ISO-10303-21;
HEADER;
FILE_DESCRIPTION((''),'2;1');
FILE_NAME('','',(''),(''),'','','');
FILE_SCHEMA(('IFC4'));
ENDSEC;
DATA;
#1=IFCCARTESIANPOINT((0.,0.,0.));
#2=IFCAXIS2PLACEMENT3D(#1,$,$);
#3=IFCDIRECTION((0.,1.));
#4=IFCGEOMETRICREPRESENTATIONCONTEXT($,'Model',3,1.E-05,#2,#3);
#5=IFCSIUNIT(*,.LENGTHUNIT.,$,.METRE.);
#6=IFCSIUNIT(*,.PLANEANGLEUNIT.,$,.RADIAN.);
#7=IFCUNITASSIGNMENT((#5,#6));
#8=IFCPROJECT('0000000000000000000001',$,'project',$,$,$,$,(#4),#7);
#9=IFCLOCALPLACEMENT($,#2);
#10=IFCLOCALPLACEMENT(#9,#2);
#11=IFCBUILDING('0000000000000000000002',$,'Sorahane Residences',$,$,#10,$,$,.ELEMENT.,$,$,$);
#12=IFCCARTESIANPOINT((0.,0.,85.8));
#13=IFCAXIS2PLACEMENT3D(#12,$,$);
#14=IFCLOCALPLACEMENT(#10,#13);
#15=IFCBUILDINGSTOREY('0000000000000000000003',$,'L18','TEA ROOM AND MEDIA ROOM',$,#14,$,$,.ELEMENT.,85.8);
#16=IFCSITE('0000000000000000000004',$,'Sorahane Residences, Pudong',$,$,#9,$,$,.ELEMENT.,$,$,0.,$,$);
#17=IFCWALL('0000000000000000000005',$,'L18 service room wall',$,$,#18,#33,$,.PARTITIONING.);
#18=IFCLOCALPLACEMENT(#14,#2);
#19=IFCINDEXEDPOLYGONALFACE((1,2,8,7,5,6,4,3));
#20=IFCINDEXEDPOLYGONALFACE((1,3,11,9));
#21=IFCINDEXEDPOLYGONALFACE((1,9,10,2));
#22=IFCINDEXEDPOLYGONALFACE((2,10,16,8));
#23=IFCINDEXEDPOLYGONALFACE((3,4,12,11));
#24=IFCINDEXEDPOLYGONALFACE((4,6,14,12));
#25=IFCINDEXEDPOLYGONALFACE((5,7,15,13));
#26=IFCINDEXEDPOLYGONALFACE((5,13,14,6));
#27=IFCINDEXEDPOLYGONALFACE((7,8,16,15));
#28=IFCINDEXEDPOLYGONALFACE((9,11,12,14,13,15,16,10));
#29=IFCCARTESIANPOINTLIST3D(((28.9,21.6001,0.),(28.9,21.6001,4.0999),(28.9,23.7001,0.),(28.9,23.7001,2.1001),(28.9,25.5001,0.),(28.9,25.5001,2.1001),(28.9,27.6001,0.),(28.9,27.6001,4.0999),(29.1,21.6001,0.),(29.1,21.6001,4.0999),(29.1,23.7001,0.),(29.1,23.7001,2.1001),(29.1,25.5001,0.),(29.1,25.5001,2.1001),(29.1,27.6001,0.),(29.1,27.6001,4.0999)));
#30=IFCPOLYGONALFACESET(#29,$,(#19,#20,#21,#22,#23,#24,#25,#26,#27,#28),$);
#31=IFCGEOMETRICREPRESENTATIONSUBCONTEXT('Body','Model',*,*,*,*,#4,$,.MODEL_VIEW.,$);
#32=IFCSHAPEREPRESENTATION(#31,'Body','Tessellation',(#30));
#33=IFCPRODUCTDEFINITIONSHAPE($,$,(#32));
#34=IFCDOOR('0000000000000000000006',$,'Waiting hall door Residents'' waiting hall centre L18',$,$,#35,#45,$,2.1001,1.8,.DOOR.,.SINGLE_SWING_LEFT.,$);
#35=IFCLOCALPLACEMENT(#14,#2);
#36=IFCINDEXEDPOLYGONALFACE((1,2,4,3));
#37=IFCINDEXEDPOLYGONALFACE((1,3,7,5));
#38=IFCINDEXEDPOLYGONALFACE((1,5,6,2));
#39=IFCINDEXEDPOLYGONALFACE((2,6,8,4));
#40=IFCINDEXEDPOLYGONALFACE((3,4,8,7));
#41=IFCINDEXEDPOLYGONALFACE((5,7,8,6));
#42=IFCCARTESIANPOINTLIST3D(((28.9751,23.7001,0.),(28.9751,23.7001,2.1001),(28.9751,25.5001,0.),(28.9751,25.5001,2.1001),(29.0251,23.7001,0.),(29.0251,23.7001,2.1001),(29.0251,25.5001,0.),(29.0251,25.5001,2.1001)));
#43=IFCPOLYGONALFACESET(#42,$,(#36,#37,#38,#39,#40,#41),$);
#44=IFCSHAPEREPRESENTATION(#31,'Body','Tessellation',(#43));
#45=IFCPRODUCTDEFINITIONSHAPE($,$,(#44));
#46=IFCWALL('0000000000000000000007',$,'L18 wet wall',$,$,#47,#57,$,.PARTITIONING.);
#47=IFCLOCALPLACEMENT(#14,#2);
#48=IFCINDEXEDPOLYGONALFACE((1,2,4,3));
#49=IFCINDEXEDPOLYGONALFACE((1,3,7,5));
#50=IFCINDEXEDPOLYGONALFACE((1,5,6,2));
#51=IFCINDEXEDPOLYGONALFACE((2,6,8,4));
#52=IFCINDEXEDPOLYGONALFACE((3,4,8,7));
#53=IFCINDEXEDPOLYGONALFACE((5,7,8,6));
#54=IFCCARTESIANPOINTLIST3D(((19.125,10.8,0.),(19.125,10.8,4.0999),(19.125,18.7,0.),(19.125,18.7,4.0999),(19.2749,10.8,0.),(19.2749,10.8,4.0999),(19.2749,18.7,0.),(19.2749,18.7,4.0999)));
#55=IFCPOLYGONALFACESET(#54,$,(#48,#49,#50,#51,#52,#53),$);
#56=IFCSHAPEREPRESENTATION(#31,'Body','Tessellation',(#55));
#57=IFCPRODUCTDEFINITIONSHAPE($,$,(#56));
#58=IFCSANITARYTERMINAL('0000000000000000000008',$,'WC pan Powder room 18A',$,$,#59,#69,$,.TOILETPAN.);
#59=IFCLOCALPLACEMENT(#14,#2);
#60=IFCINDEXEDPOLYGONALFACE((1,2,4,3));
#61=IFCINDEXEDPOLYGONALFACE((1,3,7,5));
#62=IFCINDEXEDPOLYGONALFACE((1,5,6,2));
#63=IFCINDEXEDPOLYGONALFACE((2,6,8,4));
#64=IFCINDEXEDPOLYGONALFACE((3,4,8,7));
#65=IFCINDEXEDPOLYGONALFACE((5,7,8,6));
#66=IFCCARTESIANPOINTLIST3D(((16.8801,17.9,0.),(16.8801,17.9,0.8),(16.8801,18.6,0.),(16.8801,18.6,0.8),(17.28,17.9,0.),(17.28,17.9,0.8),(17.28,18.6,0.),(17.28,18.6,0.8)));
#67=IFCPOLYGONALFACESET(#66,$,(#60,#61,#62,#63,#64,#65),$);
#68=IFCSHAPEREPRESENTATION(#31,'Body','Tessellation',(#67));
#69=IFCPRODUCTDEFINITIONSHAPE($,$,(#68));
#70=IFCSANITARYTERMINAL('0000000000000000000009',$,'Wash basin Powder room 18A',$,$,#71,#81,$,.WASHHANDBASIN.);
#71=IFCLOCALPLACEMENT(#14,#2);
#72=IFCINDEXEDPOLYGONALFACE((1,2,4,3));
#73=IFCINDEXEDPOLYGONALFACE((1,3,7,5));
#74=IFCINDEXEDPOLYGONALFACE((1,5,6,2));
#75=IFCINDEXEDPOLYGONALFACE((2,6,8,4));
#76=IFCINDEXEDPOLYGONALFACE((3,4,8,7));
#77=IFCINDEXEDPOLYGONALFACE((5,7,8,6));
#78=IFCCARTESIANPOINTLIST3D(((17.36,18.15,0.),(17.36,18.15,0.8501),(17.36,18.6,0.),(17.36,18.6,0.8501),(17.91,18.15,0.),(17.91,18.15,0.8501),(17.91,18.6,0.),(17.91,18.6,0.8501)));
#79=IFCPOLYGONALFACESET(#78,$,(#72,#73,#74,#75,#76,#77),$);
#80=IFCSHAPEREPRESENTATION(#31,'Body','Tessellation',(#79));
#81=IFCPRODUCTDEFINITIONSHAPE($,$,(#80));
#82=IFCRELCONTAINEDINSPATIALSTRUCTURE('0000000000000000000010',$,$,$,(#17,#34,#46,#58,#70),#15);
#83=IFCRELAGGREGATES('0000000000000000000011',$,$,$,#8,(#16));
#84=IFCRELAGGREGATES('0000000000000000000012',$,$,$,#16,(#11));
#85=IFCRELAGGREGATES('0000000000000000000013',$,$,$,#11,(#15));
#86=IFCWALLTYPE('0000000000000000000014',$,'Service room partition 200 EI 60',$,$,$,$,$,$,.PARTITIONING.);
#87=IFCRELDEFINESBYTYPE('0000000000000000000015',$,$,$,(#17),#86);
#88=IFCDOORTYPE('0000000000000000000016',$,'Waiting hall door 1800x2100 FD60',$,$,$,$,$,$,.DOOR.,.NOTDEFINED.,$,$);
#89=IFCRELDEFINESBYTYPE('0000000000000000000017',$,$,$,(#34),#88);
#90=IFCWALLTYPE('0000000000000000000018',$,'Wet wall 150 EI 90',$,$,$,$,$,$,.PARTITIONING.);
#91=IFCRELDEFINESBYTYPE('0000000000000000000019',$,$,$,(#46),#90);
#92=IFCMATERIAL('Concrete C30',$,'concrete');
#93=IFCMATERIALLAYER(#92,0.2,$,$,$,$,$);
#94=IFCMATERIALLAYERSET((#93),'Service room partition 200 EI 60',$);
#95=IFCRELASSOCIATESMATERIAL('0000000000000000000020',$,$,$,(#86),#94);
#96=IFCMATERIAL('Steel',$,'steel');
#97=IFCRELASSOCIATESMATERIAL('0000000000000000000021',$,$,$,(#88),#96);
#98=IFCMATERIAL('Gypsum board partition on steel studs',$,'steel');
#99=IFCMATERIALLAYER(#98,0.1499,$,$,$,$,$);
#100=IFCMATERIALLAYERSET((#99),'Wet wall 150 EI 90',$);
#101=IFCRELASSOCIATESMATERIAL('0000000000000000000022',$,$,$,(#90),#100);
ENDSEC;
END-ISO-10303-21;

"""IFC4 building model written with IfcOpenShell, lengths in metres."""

from ifc_helpers import new_model, si_unit, direction, frame, frame_2d, origin, origin_2d, place, context, subcontext, project, spatial, rectangle, extrude, material, layer, layer_set, type_object, element, fill, save


model = new_model("IFC4")

# Units and contexts
model_context = context("Model", 3, precision=1e-05, world=origin(), true_north=direction((0.0, 1.0)))
body_context = subcontext(model_context, "Body", "Model", "MODEL_VIEW")
ifc_project = project(units=[si_unit("LENGTHUNIT", "METRE"), si_unit("PLANEANGLEUNIT", "RADIAN")], contexts=[model_context])

# Site, building, storey
site_placement = place(None, origin())
site = spatial("IfcSite", under=ifc_project, at=site_placement, Name="Sorahane Residences, Pudong", CompositionType="ELEMENT", RefElevation=0.0)
building_placement = place(site_placement, origin())
building = spatial("IfcBuilding", under=site, at=building_placement, Name="Sorahane Residences", CompositionType="ELEMENT")
storey_placement = place(building_placement, frame((0.0, 0.0, 85.8)))
storey = spatial("IfcBuildingStorey", under=building, at=storey_placement, Name="L18", Description="TEA ROOM AND MEDIA ROOM", CompositionType="ELEMENT", Elevation=85.8)

# Wall, opening, door
ifc_material_1 = material(Name="Concrete C30", Category="concrete")
ifc_layer_1 = layer(ifc_material_1, 0.2)
ifc_layer_set_1 = layer_set([ifc_layer_1], Name="Service room partition 200 EI 60")
wall_type_1 = type_object("IfcWallType", Name="Service room partition 200 EI 60", PredefinedType="PARTITIONING", material=ifc_layer_set_1)
ifc_material_2 = material(Name="Steel", Category="steel")
door_type_1 = type_object("IfcDoorType", Name="Waiting hall door 1800x2100 FD60", OperationType="NOTDEFINED", PredefinedType="DOOR", material=ifc_material_2)
wall_1_placement = place(storey_placement, frame((29.0, 21.6001, 0.0), z_axis=(0.0, 0.0, 1.0), x_axis=(0.0, 1.0, 0.0)))
wall_1 = element("IfcWall", 1, at=wall_1_placement, inside=storey, type_object=wall_type_1, Name="L18 service room wall", PredefinedType="PARTITIONING", context=body_context, shape_type="SweptSolid", body=[
    extrude(rectangle(XDim=6.0, YDim=0.2, at=frame_2d((3.0, 0.0))), origin(), (0.0, 0.0, 1.0), 4.0999),
])
opening_1_placement = place(wall_1_placement, frame((2.1001, 0.0, 0.0)))
opening_1 = element("IfcOpeningElement", 2, at=opening_1_placement, cuts=wall_1, PredefinedType="OPENING", context=body_context, shape_type="SweptSolid", body=[
    extrude(rectangle(XDim=1.8, YDim=2.1001, at=frame_2d((0.8999, 1.05))), frame((0.0, 0.1099, 0.0), z_axis=(0.0, -1.0, 0.0), x_axis=(1.0, 0.0, 0.0)), (0.0, 0.0, 1.0), 0.22),
])
door_1_placement = place(opening_1_placement, origin())
door_1 = element("IfcDoor", 3, at=door_1_placement, inside=storey, type_object=door_type_1, Name="Waiting hall door Residents' waiting hall centre L18", OperationType="SINGLE_SWING_LEFT", OverallHeight=2.1001, OverallWidth=1.8, PredefinedType="DOOR", context=body_context, shape_type="SweptSolid", body=[
    extrude(rectangle(XDim=1.8, YDim=2.1001, at=frame_2d((0.8999, 1.05))), frame((0.0, 0.0249, 0.0), z_axis=(0.0, -1.0, 0.0), x_axis=(1.0, 0.0, 0.0)), (0.0, 0.0, 1.0), 0.05),
])
fill(opening_1, door_1)

# Wall
ifc_material_3 = material(Name="Gypsum board partition on steel studs", Category="steel")
ifc_layer_2 = layer(ifc_material_3, 0.1499)
ifc_layer_set_2 = layer_set([ifc_layer_2], Name="Wet wall 150 EI 90")
wall_type_2 = type_object("IfcWallType", Name="Wet wall 150 EI 90", PredefinedType="PARTITIONING", material=ifc_layer_set_2)
wall_2_placement = place(storey_placement, frame((19.2, 10.8, 0.0), z_axis=(0.0, 0.0, 1.0), x_axis=(0.0, 1.0, 0.0)))
element("IfcWall", 4, at=wall_2_placement, inside=storey, type_object=wall_type_2, Name="L18 wet wall", PredefinedType="PARTITIONING", context=body_context, shape_type="SweptSolid", body=[
    extrude(rectangle(XDim=7.8999, YDim=0.1499, at=frame_2d((3.95, 0.0))), origin(), (0.0, 0.0, 1.0), 4.0999),
])

# Sanitary terminals
sanitary_terminal_1_placement = place(storey_placement, frame((17.0801, 18.25, 0.0), z_axis=(0.0, 0.0, 1.0), x_axis=(1.0, 0.0, 0.0)))
element("IfcSanitaryTerminal", 5, at=sanitary_terminal_1_placement, inside=storey, Name="WC pan Powder room 18A", PredefinedType="TOILETPAN", context=body_context, shape_type="SweptSolid", body=[
    extrude(rectangle(XDim=0.3999, YDim=0.7, at=origin_2d()), origin(), (0.0, 0.0, 1.0), 0.8),
])
sanitary_terminal_2_placement = place(storey_placement, frame((17.635, 18.375, 0.0), z_axis=(0.0, 0.0, 1.0), x_axis=(1.0, 0.0, 0.0)))
element("IfcSanitaryTerminal", 6, at=sanitary_terminal_2_placement, inside=storey, Name="Wash basin Powder room 18A", PredefinedType="WASHHANDBASIN", context=body_context, shape_type="SweptSolid", body=[
    extrude(rectangle(XDim=0.55, YDim=0.45, at=origin_2d()), origin(), (0.0, 0.0, 1.0), 0.8501),
])

save(model, "model.ifc")
